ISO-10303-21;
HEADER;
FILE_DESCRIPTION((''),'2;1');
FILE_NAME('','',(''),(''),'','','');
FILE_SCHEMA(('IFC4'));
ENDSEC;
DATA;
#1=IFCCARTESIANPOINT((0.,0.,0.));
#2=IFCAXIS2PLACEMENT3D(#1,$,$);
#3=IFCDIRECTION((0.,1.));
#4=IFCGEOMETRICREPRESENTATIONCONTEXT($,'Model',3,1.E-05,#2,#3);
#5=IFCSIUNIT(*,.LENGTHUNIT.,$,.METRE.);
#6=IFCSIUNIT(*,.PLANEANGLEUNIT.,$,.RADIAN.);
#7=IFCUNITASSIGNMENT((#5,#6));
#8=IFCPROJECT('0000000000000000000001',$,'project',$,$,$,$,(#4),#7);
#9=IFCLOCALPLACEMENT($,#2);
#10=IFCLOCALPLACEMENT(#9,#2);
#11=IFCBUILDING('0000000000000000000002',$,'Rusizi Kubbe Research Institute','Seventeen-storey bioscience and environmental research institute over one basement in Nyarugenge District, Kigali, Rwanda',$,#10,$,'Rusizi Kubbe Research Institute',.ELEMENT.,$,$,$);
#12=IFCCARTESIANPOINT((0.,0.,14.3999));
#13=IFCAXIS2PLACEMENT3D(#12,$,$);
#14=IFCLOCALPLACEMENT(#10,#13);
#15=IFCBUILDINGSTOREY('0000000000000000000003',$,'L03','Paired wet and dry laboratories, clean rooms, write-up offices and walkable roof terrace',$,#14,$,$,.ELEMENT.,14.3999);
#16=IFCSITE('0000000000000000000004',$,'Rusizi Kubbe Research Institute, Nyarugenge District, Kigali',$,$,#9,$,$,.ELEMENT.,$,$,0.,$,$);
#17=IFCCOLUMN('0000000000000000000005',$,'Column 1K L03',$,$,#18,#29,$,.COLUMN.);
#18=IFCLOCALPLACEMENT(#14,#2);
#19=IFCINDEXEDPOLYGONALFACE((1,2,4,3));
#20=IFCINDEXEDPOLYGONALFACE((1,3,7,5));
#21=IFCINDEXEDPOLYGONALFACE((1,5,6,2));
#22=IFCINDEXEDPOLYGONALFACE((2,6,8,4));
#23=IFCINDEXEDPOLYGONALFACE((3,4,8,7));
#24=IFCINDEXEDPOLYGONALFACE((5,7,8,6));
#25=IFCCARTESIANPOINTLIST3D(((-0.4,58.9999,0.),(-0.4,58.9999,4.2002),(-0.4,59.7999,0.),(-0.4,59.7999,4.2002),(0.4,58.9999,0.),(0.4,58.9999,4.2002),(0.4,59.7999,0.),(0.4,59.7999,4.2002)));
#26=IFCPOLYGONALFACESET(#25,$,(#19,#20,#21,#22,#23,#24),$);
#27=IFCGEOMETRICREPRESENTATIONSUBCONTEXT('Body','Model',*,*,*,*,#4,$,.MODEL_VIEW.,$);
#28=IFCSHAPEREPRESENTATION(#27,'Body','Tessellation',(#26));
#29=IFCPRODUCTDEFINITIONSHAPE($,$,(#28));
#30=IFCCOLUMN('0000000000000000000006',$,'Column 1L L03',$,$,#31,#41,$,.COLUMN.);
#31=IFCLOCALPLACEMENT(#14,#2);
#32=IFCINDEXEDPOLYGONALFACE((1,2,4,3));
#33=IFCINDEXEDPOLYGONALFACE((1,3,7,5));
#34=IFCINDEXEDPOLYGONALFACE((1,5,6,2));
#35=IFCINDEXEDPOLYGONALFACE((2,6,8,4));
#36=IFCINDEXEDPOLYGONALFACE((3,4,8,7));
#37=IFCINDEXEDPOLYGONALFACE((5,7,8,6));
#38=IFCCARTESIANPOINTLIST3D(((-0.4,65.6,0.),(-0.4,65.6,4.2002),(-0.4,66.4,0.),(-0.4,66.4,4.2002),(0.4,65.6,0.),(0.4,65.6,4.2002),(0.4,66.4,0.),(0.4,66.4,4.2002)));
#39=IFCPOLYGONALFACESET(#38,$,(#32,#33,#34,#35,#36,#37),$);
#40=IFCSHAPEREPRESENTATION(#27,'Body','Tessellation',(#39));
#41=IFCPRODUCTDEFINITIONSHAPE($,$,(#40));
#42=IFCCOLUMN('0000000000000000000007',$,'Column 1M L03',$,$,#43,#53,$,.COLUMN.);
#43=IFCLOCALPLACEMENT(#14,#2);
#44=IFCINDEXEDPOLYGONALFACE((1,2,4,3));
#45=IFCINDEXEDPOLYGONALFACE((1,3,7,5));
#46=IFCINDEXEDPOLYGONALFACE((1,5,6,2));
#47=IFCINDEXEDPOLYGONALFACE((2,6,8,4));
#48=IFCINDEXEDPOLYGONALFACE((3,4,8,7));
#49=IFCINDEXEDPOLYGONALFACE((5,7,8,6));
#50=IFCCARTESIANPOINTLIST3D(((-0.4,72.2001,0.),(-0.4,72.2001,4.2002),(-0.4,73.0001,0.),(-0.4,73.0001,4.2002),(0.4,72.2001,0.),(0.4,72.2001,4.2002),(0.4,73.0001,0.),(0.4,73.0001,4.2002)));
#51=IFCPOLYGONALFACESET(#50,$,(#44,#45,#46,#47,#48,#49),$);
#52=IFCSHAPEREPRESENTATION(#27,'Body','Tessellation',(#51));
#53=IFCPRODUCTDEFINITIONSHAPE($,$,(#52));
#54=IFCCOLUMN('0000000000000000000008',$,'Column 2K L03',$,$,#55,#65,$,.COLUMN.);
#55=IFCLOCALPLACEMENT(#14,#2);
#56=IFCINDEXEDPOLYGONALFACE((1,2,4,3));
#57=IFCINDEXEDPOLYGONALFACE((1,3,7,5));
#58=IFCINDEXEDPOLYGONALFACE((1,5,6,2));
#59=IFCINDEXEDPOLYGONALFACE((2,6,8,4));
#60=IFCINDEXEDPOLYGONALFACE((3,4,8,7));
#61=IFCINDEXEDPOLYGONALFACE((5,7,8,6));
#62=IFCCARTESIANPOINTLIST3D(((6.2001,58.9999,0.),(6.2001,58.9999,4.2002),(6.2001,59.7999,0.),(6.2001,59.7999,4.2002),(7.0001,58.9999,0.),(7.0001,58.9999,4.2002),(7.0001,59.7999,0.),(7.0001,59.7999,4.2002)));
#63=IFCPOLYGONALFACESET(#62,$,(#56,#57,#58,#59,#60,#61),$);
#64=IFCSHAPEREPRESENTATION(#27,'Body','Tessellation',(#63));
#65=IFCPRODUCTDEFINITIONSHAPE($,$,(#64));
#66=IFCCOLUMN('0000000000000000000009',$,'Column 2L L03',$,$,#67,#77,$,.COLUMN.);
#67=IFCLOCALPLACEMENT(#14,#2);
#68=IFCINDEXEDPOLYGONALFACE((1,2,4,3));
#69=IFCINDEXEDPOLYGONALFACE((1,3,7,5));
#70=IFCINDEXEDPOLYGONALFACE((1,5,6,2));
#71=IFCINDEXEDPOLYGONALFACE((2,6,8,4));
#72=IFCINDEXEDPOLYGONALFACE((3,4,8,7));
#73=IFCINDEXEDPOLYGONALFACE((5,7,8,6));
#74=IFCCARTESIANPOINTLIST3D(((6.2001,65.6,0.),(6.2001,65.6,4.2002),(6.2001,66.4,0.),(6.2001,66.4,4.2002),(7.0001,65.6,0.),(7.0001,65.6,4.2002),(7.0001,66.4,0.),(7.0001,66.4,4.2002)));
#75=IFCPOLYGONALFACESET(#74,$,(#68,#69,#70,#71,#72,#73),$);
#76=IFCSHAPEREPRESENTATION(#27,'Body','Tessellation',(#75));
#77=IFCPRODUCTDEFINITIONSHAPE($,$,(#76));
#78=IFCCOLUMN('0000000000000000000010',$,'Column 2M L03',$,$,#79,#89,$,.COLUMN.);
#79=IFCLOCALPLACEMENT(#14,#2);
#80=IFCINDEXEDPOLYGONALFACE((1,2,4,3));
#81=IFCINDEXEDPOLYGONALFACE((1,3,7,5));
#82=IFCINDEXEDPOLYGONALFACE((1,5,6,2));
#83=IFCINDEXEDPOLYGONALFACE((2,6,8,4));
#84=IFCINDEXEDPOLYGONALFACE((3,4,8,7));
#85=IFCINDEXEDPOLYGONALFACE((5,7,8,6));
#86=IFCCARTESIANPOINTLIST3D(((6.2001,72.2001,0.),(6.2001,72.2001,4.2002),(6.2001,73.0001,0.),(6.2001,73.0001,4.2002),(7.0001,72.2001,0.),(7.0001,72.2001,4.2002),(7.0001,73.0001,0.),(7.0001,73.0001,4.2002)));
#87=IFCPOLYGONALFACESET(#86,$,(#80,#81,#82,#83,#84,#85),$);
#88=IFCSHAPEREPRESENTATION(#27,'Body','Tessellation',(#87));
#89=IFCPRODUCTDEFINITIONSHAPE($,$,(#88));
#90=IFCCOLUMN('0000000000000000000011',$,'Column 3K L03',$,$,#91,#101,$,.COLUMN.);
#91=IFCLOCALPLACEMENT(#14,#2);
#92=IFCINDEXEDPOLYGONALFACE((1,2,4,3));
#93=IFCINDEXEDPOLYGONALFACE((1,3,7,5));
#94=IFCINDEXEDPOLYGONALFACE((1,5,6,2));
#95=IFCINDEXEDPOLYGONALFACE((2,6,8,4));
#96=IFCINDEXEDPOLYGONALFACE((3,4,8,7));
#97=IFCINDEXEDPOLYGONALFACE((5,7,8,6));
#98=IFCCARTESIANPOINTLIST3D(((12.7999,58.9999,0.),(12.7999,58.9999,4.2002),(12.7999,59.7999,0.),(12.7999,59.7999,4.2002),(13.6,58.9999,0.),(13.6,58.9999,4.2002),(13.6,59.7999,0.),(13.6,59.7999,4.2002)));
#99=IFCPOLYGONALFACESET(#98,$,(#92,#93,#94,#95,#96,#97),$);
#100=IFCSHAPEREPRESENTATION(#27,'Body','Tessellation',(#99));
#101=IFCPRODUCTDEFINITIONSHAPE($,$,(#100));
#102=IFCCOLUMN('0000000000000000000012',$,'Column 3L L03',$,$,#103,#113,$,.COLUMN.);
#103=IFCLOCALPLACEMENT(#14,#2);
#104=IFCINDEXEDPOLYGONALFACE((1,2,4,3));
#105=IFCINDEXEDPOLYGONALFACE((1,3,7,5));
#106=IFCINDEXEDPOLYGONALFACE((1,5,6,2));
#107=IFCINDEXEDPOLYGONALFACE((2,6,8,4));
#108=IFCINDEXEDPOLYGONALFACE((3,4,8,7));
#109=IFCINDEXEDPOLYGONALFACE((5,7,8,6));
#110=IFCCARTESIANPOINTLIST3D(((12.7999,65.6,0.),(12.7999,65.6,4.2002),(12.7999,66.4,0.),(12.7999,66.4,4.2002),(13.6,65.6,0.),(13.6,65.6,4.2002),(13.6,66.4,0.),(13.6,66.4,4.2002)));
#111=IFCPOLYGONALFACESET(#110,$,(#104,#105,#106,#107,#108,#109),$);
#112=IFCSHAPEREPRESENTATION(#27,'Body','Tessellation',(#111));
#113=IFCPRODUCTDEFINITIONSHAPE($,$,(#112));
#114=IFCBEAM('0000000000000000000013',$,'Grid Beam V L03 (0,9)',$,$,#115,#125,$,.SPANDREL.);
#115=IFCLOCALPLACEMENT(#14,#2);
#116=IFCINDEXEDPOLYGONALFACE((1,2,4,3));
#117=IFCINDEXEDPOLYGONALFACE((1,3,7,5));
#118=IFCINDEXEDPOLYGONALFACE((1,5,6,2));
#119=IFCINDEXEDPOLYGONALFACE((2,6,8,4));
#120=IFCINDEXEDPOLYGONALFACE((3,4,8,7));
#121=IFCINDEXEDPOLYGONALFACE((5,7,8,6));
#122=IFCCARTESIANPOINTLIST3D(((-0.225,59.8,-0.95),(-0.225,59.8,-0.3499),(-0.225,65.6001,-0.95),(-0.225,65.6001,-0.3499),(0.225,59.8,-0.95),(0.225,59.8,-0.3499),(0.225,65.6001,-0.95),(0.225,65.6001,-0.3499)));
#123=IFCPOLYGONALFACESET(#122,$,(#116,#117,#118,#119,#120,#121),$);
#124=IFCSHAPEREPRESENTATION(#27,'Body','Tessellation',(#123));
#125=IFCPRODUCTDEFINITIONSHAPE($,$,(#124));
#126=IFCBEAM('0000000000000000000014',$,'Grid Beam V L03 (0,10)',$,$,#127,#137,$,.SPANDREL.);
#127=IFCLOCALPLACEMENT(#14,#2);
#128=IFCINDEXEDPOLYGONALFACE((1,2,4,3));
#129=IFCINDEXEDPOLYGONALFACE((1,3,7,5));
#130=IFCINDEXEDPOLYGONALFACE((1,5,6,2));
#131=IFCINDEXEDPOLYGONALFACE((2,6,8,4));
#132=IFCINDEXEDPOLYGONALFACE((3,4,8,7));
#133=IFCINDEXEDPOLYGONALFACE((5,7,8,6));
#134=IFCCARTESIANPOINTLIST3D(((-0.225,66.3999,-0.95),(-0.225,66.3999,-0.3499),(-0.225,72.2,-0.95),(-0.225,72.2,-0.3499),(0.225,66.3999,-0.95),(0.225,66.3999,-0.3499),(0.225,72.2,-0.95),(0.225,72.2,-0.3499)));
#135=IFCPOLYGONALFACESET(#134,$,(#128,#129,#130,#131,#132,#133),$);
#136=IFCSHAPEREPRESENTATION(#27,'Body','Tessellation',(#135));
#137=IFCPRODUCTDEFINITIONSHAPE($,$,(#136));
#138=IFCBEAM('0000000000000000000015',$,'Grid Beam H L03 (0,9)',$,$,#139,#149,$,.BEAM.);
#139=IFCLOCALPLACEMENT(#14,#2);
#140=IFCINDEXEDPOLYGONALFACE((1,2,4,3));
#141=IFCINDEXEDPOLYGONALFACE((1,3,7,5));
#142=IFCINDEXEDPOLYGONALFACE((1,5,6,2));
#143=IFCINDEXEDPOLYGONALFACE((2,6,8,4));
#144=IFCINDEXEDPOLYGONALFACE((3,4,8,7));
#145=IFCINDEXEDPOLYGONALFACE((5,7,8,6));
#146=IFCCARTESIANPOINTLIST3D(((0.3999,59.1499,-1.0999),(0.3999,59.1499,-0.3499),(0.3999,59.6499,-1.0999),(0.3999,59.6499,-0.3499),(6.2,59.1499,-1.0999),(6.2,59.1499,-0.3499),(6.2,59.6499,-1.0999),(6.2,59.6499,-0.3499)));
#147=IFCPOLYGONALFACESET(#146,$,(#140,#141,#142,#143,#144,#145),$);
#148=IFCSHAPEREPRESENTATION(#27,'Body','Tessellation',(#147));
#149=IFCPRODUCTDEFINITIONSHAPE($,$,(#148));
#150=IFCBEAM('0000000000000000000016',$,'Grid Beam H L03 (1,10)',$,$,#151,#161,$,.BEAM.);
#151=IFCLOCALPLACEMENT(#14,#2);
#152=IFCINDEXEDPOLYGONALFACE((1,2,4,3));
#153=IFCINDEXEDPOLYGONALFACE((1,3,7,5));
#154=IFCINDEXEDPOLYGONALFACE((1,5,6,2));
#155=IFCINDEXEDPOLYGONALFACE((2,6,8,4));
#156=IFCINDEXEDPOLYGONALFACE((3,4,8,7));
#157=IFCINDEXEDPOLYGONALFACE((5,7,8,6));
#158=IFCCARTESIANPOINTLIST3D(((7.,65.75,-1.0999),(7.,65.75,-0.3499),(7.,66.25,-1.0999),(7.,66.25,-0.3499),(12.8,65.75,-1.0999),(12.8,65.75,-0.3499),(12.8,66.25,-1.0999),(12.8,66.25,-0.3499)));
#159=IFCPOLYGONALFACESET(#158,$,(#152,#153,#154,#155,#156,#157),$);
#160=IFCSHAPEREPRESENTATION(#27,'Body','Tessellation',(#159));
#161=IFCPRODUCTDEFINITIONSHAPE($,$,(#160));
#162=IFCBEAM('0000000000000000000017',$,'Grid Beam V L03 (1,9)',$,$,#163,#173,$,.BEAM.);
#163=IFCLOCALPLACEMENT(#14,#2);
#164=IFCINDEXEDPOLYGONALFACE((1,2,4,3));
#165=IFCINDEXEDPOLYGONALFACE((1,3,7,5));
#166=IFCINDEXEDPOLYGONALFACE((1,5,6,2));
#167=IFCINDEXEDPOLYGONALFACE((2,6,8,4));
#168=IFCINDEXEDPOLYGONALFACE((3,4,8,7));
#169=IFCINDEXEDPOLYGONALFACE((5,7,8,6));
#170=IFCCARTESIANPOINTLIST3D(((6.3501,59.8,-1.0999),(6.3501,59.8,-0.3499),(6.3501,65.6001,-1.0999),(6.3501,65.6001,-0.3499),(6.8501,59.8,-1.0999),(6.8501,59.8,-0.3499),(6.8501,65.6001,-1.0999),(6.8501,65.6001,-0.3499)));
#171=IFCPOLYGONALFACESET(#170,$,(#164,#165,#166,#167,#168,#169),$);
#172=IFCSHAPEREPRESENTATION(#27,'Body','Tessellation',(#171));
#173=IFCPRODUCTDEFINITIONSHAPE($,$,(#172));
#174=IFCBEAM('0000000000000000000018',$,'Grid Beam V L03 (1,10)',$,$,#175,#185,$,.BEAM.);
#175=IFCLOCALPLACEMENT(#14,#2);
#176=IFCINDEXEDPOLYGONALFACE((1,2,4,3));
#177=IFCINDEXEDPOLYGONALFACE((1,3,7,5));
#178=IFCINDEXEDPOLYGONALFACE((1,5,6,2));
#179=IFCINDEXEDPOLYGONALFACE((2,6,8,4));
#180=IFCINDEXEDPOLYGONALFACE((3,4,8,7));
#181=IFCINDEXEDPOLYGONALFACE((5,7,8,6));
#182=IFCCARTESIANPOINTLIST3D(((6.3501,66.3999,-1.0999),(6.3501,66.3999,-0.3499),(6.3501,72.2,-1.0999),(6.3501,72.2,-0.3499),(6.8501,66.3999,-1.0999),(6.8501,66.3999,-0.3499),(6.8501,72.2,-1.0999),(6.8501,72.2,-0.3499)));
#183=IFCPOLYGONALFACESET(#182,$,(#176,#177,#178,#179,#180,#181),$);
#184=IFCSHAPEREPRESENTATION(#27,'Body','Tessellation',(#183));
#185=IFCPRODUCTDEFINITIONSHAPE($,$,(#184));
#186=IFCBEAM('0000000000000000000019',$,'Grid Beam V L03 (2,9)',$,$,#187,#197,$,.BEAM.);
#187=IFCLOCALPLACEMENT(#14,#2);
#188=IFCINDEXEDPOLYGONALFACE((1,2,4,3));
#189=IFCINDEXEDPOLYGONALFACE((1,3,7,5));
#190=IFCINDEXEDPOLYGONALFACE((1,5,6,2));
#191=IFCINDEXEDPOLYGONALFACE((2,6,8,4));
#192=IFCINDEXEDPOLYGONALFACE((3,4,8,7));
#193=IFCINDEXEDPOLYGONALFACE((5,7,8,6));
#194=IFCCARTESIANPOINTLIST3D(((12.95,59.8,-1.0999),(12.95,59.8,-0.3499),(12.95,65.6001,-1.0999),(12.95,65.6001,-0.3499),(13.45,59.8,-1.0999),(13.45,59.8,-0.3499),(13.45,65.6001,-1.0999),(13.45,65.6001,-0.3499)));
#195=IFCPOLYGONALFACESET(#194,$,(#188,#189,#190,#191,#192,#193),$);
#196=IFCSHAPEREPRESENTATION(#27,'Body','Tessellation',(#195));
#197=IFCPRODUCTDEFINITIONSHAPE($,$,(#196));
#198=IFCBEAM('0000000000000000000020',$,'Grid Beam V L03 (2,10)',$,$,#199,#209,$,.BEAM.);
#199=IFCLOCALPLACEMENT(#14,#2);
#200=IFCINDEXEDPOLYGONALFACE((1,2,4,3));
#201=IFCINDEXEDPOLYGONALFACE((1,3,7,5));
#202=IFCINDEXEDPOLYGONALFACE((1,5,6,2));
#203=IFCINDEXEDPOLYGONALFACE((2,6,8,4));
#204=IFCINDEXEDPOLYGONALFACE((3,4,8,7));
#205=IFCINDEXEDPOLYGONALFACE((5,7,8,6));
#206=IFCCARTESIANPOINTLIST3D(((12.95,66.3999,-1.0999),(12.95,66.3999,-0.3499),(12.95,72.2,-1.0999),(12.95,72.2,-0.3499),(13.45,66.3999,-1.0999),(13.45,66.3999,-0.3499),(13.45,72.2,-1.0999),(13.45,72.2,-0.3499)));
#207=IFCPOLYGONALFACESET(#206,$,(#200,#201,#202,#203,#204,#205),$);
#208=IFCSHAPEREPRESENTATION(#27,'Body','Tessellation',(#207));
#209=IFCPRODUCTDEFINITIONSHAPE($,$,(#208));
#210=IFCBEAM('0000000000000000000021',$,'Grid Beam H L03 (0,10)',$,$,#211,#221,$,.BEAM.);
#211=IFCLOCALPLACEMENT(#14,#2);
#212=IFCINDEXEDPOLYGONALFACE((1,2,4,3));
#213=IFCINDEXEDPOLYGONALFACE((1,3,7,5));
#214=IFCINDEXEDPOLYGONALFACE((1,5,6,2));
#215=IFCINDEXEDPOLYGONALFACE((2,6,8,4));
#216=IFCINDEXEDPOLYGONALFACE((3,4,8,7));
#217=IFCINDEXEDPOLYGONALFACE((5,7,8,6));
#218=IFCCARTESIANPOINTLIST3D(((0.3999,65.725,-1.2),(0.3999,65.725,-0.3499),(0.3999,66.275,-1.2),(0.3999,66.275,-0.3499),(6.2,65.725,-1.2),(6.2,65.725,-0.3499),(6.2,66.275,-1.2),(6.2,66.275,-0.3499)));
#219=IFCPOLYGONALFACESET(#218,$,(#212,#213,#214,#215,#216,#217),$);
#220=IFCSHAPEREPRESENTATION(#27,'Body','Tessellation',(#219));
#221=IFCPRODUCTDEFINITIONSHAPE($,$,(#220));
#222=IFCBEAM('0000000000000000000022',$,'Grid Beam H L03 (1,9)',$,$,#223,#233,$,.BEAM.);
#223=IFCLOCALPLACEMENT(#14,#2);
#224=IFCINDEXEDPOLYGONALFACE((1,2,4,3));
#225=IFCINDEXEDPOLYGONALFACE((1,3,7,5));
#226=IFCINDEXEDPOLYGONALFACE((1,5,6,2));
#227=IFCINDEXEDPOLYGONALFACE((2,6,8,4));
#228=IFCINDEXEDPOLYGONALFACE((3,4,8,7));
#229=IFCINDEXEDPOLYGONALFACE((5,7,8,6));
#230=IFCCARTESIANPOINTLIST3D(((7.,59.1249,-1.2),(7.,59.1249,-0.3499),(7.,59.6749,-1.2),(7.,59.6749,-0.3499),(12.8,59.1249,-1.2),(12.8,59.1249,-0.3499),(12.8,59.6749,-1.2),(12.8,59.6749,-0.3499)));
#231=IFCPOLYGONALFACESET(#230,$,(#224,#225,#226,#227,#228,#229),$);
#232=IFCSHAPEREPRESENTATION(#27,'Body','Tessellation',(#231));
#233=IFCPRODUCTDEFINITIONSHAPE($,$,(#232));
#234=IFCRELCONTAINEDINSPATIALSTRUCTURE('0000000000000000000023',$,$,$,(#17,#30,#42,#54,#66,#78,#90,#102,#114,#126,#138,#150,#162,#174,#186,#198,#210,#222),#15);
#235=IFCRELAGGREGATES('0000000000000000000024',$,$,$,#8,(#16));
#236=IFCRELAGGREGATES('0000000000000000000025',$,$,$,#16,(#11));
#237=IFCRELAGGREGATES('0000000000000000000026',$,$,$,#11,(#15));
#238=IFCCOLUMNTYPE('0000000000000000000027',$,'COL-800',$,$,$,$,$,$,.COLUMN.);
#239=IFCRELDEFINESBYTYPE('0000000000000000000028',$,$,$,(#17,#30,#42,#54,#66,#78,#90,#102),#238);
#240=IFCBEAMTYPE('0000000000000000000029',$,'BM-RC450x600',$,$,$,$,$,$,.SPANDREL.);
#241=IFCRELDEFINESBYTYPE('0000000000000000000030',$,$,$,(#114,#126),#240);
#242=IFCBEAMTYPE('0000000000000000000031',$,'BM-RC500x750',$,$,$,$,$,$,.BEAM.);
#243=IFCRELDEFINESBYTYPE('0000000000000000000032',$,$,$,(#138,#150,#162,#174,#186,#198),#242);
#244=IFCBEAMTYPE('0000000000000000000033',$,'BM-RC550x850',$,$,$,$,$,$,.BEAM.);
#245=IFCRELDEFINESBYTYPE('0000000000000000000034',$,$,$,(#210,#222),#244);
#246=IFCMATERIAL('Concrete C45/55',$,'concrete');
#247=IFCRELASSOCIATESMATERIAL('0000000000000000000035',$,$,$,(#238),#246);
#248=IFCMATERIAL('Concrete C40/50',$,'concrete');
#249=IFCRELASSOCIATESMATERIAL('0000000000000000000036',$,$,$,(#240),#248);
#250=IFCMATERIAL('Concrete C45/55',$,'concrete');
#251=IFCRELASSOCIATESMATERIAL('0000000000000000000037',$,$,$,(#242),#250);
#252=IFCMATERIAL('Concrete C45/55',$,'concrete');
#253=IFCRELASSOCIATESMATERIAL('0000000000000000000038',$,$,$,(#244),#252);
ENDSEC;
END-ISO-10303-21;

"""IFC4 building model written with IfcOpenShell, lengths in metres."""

from ifc_helpers import new_model, si_unit, direction, frame, origin, origin_2d, place, context, subcontext, project, spatial, rectangle, extrude, material, material_profile, profile_set, type_object, element, save


model = new_model("IFC4")

# Units and contexts
model_context = context("Model", 3, precision=1e-05, world=origin(), true_north=direction((0.0, 1.0)))
body_context = subcontext(model_context, "Body", "Model", "MODEL_VIEW")
ifc_project = project(units=[si_unit("LENGTHUNIT", "METRE"), si_unit("PLANEANGLEUNIT", "RADIAN")], contexts=[model_context])

# Site, building, storey
site_placement = place(None, origin())
site = spatial("IfcSite", under=ifc_project, at=site_placement, Name="Rusizi Kubbe Research Institute, Nyarugenge District, Kigali", CompositionType="ELEMENT", RefElevation=0.0)
building_placement = place(site_placement, origin())
building = spatial("IfcBuilding", under=site, at=building_placement, Name="Rusizi Kubbe Research Institute", Description="Seventeen-storey bioscience and environmental research institute over one basement in Nyarugenge District, Kigali, Rwanda", LongName="Rusizi Kubbe Research Institute", CompositionType="ELEMENT")
storey_placement = place(building_placement, frame((0.0, 0.0, 14.3999)))
storey = spatial("IfcBuildingStorey", under=building, at=storey_placement, Name="L03", Description="Paired wet and dry laboratories, clean rooms, write-up offices and walkable roof terrace", CompositionType="ELEMENT", Elevation=14.3999)

# Columns
ifc_material_1 = material(Name="Concrete C45/55", Category="concrete")
ifc_material_profile_1 = material_profile(ifc_material_1, rectangle(XDim=0.8, YDim=0.8, at=origin_2d()), Name="RC800x800")
ifc_profile_set_1 = profile_set([ifc_material_profile_1], Name="Concrete C45/55")
column_type = type_object("IfcColumnType", Name="COL-800", PredefinedType="COLUMN", material=ifc_profile_set_1)
for number, where, z_axis, x_axis, name in (
    (1, (0.0, 59.3999, 0.0), (0.0, 0.0, 1.0), (1.0, 0.0, 0.0), "Column 1K L03"),
    (2, (0.0, 66.0, 0.0), (0.0, 0.0, 1.0), (1.0, 0.0, 0.0), "Column 1L L03"),
    (3, (0.0, 72.6001, 0.0), (0.0, 0.0, 1.0), (1.0, 0.0, 0.0), "Column 1M L03"),
    (4, (6.6001, 59.3999, 0.0), (0.0, 0.0, 1.0), (1.0, 0.0, 0.0), "Column 2K L03"),
    (5, (6.6001, 66.0, 0.0), (0.0, 0.0, 1.0), (1.0, 0.0, 0.0), "Column 2L L03"),
    (6, (6.6001, 72.6001, 0.0), (0.0, 0.0, 1.0), (1.0, 0.0, 0.0), "Column 2M L03"),
    (7, (13.2, 59.3999, 0.0), (0.0, 0.0, 1.0), (1.0, 0.0, 0.0), "Column 3K L03"),
    (8, (13.2, 66.0, 0.0), (0.0, 0.0, 1.0), (1.0, 0.0, 0.0), "Column 3L L03"),
):
    element("IfcColumn", number, at=place(storey_placement, frame(where, z_axis=z_axis, x_axis=x_axis)), inside=storey, type_object=column_type, Name=name, PredefinedType="COLUMN", context=body_context, shape_type="SweptSolid", body=[
        extrude(rectangle(XDim=0.8, YDim=0.8, at=origin_2d()), origin(), (0.0, 0.0, 1.0), 4.2002),
    ])

# Beams
ifc_material_2 = material(Name="Concrete C40/50", Category="concrete")
ifc_material_profile_2 = material_profile(ifc_material_2, rectangle(XDim=0.45, YDim=0.6001, at=origin_2d()), Name="RC450x600")
ifc_profile_set_2 = profile_set([ifc_material_profile_2], Name="Concrete C40/50")
beam_type_1 = type_object("IfcBeamType", Name="BM-RC450x600", PredefinedType="SPANDREL", material=ifc_profile_set_2)
for number, where, z_axis, x_axis, name in (
    (9, (0.0, 59.8, -0.6499), (0.0, 1.0, 0.0), (-1.0, 0.0, 0.0), "Grid Beam V L03 (0,9)"),
    (10, (0.0, 66.3999, -0.6499), (0.0, 1.0, 0.0), (-1.0, 0.0, 0.0), "Grid Beam V L03 (0,10)"),
):
    element("IfcBeam", number, at=place(storey_placement, frame(where, z_axis=z_axis, x_axis=x_axis)), inside=storey, type_object=beam_type_1, Name=name, PredefinedType="SPANDREL", context=body_context, shape_type="SweptSolid", body=[
        extrude(rectangle(XDim=0.45, YDim=0.6001, at=origin_2d()), origin(), (0.0, 0.0, 1.0), 5.8),
    ])
ifc_material_3 = material(Name="Concrete C45/55", Category="concrete")
ifc_material_profile_3 = material_profile(ifc_material_3, rectangle(XDim=0.5, YDim=0.75, at=origin_2d()), Name="RC500x750B")
ifc_profile_set_3 = profile_set([ifc_material_profile_3], Name="Concrete C45/55")
beam_type_2 = type_object("IfcBeamType", Name="BM-RC500x750", PredefinedType="BEAM", material=ifc_profile_set_3)
for number, where, z_axis, x_axis, name in (
    (11, (0.3999, 59.3999, -0.7249), (1.0, 0.0, 0.0), (0.0, 1.0, 0.0), "Grid Beam H L03 (0,9)"),
    (12, (7.0, 66.0, -0.7249), (1.0, 0.0, 0.0), (0.0, 1.0, 0.0), "Grid Beam H L03 (1,10)"),
    (13, (6.6001, 59.8, -0.7249), (0.0, 1.0, 0.0), (-1.0, 0.0, 0.0), "Grid Beam V L03 (1,9)"),
    (14, (6.6001, 66.3999, -0.7249), (0.0, 1.0, 0.0), (-1.0, 0.0, 0.0), "Grid Beam V L03 (1,10)"),
    (15, (13.2, 59.8, -0.7249), (0.0, 1.0, 0.0), (-1.0, 0.0, 0.0), "Grid Beam V L03 (2,9)"),
    (16, (13.2, 66.3999, -0.7249), (0.0, 1.0, 0.0), (-1.0, 0.0, 0.0), "Grid Beam V L03 (2,10)"),
):
    element("IfcBeam", number, at=place(storey_placement, frame(where, z_axis=z_axis, x_axis=x_axis)), inside=storey, type_object=beam_type_2, Name=name, PredefinedType="BEAM", context=body_context, shape_type="SweptSolid", body=[
        extrude(rectangle(XDim=0.5, YDim=0.75, at=origin_2d()), origin(), (0.0, 0.0, 1.0), 5.8),
    ])
ifc_material_4 = material(Name="Concrete C45/55", Category="concrete")
ifc_material_profile_4 = material_profile(ifc_material_4, rectangle(XDim=0.55, YDim=0.8501, at=origin_2d()), Name="RC550x850")
ifc_profile_set_4 = profile_set([ifc_material_profile_4], Name="Concrete C45/55")
beam_type_3 = type_object("IfcBeamType", Name="BM-RC550x850", PredefinedType="BEAM", material=ifc_profile_set_4)
for number, where, z_axis, x_axis, name in (
    (17, (0.3999, 66.0, -0.7749), (1.0, 0.0, 0.0), (0.0, 1.0, 0.0), "Grid Beam H L03 (0,10)"),
    (18, (7.0, 59.3999, -0.7749), (1.0, 0.0, 0.0), (0.0, 1.0, 0.0), "Grid Beam H L03 (1,9)"),
):
    element("IfcBeam", number, at=place(storey_placement, frame(where, z_axis=z_axis, x_axis=x_axis)), inside=storey, type_object=beam_type_3, Name=name, PredefinedType="BEAM", context=body_context, shape_type="SweptSolid", body=[
        extrude(rectangle(XDim=0.55, YDim=0.8501, at=origin_2d()), origin(), (0.0, 0.0, 1.0), 5.8),
    ])

save(model, "model.ifc")
